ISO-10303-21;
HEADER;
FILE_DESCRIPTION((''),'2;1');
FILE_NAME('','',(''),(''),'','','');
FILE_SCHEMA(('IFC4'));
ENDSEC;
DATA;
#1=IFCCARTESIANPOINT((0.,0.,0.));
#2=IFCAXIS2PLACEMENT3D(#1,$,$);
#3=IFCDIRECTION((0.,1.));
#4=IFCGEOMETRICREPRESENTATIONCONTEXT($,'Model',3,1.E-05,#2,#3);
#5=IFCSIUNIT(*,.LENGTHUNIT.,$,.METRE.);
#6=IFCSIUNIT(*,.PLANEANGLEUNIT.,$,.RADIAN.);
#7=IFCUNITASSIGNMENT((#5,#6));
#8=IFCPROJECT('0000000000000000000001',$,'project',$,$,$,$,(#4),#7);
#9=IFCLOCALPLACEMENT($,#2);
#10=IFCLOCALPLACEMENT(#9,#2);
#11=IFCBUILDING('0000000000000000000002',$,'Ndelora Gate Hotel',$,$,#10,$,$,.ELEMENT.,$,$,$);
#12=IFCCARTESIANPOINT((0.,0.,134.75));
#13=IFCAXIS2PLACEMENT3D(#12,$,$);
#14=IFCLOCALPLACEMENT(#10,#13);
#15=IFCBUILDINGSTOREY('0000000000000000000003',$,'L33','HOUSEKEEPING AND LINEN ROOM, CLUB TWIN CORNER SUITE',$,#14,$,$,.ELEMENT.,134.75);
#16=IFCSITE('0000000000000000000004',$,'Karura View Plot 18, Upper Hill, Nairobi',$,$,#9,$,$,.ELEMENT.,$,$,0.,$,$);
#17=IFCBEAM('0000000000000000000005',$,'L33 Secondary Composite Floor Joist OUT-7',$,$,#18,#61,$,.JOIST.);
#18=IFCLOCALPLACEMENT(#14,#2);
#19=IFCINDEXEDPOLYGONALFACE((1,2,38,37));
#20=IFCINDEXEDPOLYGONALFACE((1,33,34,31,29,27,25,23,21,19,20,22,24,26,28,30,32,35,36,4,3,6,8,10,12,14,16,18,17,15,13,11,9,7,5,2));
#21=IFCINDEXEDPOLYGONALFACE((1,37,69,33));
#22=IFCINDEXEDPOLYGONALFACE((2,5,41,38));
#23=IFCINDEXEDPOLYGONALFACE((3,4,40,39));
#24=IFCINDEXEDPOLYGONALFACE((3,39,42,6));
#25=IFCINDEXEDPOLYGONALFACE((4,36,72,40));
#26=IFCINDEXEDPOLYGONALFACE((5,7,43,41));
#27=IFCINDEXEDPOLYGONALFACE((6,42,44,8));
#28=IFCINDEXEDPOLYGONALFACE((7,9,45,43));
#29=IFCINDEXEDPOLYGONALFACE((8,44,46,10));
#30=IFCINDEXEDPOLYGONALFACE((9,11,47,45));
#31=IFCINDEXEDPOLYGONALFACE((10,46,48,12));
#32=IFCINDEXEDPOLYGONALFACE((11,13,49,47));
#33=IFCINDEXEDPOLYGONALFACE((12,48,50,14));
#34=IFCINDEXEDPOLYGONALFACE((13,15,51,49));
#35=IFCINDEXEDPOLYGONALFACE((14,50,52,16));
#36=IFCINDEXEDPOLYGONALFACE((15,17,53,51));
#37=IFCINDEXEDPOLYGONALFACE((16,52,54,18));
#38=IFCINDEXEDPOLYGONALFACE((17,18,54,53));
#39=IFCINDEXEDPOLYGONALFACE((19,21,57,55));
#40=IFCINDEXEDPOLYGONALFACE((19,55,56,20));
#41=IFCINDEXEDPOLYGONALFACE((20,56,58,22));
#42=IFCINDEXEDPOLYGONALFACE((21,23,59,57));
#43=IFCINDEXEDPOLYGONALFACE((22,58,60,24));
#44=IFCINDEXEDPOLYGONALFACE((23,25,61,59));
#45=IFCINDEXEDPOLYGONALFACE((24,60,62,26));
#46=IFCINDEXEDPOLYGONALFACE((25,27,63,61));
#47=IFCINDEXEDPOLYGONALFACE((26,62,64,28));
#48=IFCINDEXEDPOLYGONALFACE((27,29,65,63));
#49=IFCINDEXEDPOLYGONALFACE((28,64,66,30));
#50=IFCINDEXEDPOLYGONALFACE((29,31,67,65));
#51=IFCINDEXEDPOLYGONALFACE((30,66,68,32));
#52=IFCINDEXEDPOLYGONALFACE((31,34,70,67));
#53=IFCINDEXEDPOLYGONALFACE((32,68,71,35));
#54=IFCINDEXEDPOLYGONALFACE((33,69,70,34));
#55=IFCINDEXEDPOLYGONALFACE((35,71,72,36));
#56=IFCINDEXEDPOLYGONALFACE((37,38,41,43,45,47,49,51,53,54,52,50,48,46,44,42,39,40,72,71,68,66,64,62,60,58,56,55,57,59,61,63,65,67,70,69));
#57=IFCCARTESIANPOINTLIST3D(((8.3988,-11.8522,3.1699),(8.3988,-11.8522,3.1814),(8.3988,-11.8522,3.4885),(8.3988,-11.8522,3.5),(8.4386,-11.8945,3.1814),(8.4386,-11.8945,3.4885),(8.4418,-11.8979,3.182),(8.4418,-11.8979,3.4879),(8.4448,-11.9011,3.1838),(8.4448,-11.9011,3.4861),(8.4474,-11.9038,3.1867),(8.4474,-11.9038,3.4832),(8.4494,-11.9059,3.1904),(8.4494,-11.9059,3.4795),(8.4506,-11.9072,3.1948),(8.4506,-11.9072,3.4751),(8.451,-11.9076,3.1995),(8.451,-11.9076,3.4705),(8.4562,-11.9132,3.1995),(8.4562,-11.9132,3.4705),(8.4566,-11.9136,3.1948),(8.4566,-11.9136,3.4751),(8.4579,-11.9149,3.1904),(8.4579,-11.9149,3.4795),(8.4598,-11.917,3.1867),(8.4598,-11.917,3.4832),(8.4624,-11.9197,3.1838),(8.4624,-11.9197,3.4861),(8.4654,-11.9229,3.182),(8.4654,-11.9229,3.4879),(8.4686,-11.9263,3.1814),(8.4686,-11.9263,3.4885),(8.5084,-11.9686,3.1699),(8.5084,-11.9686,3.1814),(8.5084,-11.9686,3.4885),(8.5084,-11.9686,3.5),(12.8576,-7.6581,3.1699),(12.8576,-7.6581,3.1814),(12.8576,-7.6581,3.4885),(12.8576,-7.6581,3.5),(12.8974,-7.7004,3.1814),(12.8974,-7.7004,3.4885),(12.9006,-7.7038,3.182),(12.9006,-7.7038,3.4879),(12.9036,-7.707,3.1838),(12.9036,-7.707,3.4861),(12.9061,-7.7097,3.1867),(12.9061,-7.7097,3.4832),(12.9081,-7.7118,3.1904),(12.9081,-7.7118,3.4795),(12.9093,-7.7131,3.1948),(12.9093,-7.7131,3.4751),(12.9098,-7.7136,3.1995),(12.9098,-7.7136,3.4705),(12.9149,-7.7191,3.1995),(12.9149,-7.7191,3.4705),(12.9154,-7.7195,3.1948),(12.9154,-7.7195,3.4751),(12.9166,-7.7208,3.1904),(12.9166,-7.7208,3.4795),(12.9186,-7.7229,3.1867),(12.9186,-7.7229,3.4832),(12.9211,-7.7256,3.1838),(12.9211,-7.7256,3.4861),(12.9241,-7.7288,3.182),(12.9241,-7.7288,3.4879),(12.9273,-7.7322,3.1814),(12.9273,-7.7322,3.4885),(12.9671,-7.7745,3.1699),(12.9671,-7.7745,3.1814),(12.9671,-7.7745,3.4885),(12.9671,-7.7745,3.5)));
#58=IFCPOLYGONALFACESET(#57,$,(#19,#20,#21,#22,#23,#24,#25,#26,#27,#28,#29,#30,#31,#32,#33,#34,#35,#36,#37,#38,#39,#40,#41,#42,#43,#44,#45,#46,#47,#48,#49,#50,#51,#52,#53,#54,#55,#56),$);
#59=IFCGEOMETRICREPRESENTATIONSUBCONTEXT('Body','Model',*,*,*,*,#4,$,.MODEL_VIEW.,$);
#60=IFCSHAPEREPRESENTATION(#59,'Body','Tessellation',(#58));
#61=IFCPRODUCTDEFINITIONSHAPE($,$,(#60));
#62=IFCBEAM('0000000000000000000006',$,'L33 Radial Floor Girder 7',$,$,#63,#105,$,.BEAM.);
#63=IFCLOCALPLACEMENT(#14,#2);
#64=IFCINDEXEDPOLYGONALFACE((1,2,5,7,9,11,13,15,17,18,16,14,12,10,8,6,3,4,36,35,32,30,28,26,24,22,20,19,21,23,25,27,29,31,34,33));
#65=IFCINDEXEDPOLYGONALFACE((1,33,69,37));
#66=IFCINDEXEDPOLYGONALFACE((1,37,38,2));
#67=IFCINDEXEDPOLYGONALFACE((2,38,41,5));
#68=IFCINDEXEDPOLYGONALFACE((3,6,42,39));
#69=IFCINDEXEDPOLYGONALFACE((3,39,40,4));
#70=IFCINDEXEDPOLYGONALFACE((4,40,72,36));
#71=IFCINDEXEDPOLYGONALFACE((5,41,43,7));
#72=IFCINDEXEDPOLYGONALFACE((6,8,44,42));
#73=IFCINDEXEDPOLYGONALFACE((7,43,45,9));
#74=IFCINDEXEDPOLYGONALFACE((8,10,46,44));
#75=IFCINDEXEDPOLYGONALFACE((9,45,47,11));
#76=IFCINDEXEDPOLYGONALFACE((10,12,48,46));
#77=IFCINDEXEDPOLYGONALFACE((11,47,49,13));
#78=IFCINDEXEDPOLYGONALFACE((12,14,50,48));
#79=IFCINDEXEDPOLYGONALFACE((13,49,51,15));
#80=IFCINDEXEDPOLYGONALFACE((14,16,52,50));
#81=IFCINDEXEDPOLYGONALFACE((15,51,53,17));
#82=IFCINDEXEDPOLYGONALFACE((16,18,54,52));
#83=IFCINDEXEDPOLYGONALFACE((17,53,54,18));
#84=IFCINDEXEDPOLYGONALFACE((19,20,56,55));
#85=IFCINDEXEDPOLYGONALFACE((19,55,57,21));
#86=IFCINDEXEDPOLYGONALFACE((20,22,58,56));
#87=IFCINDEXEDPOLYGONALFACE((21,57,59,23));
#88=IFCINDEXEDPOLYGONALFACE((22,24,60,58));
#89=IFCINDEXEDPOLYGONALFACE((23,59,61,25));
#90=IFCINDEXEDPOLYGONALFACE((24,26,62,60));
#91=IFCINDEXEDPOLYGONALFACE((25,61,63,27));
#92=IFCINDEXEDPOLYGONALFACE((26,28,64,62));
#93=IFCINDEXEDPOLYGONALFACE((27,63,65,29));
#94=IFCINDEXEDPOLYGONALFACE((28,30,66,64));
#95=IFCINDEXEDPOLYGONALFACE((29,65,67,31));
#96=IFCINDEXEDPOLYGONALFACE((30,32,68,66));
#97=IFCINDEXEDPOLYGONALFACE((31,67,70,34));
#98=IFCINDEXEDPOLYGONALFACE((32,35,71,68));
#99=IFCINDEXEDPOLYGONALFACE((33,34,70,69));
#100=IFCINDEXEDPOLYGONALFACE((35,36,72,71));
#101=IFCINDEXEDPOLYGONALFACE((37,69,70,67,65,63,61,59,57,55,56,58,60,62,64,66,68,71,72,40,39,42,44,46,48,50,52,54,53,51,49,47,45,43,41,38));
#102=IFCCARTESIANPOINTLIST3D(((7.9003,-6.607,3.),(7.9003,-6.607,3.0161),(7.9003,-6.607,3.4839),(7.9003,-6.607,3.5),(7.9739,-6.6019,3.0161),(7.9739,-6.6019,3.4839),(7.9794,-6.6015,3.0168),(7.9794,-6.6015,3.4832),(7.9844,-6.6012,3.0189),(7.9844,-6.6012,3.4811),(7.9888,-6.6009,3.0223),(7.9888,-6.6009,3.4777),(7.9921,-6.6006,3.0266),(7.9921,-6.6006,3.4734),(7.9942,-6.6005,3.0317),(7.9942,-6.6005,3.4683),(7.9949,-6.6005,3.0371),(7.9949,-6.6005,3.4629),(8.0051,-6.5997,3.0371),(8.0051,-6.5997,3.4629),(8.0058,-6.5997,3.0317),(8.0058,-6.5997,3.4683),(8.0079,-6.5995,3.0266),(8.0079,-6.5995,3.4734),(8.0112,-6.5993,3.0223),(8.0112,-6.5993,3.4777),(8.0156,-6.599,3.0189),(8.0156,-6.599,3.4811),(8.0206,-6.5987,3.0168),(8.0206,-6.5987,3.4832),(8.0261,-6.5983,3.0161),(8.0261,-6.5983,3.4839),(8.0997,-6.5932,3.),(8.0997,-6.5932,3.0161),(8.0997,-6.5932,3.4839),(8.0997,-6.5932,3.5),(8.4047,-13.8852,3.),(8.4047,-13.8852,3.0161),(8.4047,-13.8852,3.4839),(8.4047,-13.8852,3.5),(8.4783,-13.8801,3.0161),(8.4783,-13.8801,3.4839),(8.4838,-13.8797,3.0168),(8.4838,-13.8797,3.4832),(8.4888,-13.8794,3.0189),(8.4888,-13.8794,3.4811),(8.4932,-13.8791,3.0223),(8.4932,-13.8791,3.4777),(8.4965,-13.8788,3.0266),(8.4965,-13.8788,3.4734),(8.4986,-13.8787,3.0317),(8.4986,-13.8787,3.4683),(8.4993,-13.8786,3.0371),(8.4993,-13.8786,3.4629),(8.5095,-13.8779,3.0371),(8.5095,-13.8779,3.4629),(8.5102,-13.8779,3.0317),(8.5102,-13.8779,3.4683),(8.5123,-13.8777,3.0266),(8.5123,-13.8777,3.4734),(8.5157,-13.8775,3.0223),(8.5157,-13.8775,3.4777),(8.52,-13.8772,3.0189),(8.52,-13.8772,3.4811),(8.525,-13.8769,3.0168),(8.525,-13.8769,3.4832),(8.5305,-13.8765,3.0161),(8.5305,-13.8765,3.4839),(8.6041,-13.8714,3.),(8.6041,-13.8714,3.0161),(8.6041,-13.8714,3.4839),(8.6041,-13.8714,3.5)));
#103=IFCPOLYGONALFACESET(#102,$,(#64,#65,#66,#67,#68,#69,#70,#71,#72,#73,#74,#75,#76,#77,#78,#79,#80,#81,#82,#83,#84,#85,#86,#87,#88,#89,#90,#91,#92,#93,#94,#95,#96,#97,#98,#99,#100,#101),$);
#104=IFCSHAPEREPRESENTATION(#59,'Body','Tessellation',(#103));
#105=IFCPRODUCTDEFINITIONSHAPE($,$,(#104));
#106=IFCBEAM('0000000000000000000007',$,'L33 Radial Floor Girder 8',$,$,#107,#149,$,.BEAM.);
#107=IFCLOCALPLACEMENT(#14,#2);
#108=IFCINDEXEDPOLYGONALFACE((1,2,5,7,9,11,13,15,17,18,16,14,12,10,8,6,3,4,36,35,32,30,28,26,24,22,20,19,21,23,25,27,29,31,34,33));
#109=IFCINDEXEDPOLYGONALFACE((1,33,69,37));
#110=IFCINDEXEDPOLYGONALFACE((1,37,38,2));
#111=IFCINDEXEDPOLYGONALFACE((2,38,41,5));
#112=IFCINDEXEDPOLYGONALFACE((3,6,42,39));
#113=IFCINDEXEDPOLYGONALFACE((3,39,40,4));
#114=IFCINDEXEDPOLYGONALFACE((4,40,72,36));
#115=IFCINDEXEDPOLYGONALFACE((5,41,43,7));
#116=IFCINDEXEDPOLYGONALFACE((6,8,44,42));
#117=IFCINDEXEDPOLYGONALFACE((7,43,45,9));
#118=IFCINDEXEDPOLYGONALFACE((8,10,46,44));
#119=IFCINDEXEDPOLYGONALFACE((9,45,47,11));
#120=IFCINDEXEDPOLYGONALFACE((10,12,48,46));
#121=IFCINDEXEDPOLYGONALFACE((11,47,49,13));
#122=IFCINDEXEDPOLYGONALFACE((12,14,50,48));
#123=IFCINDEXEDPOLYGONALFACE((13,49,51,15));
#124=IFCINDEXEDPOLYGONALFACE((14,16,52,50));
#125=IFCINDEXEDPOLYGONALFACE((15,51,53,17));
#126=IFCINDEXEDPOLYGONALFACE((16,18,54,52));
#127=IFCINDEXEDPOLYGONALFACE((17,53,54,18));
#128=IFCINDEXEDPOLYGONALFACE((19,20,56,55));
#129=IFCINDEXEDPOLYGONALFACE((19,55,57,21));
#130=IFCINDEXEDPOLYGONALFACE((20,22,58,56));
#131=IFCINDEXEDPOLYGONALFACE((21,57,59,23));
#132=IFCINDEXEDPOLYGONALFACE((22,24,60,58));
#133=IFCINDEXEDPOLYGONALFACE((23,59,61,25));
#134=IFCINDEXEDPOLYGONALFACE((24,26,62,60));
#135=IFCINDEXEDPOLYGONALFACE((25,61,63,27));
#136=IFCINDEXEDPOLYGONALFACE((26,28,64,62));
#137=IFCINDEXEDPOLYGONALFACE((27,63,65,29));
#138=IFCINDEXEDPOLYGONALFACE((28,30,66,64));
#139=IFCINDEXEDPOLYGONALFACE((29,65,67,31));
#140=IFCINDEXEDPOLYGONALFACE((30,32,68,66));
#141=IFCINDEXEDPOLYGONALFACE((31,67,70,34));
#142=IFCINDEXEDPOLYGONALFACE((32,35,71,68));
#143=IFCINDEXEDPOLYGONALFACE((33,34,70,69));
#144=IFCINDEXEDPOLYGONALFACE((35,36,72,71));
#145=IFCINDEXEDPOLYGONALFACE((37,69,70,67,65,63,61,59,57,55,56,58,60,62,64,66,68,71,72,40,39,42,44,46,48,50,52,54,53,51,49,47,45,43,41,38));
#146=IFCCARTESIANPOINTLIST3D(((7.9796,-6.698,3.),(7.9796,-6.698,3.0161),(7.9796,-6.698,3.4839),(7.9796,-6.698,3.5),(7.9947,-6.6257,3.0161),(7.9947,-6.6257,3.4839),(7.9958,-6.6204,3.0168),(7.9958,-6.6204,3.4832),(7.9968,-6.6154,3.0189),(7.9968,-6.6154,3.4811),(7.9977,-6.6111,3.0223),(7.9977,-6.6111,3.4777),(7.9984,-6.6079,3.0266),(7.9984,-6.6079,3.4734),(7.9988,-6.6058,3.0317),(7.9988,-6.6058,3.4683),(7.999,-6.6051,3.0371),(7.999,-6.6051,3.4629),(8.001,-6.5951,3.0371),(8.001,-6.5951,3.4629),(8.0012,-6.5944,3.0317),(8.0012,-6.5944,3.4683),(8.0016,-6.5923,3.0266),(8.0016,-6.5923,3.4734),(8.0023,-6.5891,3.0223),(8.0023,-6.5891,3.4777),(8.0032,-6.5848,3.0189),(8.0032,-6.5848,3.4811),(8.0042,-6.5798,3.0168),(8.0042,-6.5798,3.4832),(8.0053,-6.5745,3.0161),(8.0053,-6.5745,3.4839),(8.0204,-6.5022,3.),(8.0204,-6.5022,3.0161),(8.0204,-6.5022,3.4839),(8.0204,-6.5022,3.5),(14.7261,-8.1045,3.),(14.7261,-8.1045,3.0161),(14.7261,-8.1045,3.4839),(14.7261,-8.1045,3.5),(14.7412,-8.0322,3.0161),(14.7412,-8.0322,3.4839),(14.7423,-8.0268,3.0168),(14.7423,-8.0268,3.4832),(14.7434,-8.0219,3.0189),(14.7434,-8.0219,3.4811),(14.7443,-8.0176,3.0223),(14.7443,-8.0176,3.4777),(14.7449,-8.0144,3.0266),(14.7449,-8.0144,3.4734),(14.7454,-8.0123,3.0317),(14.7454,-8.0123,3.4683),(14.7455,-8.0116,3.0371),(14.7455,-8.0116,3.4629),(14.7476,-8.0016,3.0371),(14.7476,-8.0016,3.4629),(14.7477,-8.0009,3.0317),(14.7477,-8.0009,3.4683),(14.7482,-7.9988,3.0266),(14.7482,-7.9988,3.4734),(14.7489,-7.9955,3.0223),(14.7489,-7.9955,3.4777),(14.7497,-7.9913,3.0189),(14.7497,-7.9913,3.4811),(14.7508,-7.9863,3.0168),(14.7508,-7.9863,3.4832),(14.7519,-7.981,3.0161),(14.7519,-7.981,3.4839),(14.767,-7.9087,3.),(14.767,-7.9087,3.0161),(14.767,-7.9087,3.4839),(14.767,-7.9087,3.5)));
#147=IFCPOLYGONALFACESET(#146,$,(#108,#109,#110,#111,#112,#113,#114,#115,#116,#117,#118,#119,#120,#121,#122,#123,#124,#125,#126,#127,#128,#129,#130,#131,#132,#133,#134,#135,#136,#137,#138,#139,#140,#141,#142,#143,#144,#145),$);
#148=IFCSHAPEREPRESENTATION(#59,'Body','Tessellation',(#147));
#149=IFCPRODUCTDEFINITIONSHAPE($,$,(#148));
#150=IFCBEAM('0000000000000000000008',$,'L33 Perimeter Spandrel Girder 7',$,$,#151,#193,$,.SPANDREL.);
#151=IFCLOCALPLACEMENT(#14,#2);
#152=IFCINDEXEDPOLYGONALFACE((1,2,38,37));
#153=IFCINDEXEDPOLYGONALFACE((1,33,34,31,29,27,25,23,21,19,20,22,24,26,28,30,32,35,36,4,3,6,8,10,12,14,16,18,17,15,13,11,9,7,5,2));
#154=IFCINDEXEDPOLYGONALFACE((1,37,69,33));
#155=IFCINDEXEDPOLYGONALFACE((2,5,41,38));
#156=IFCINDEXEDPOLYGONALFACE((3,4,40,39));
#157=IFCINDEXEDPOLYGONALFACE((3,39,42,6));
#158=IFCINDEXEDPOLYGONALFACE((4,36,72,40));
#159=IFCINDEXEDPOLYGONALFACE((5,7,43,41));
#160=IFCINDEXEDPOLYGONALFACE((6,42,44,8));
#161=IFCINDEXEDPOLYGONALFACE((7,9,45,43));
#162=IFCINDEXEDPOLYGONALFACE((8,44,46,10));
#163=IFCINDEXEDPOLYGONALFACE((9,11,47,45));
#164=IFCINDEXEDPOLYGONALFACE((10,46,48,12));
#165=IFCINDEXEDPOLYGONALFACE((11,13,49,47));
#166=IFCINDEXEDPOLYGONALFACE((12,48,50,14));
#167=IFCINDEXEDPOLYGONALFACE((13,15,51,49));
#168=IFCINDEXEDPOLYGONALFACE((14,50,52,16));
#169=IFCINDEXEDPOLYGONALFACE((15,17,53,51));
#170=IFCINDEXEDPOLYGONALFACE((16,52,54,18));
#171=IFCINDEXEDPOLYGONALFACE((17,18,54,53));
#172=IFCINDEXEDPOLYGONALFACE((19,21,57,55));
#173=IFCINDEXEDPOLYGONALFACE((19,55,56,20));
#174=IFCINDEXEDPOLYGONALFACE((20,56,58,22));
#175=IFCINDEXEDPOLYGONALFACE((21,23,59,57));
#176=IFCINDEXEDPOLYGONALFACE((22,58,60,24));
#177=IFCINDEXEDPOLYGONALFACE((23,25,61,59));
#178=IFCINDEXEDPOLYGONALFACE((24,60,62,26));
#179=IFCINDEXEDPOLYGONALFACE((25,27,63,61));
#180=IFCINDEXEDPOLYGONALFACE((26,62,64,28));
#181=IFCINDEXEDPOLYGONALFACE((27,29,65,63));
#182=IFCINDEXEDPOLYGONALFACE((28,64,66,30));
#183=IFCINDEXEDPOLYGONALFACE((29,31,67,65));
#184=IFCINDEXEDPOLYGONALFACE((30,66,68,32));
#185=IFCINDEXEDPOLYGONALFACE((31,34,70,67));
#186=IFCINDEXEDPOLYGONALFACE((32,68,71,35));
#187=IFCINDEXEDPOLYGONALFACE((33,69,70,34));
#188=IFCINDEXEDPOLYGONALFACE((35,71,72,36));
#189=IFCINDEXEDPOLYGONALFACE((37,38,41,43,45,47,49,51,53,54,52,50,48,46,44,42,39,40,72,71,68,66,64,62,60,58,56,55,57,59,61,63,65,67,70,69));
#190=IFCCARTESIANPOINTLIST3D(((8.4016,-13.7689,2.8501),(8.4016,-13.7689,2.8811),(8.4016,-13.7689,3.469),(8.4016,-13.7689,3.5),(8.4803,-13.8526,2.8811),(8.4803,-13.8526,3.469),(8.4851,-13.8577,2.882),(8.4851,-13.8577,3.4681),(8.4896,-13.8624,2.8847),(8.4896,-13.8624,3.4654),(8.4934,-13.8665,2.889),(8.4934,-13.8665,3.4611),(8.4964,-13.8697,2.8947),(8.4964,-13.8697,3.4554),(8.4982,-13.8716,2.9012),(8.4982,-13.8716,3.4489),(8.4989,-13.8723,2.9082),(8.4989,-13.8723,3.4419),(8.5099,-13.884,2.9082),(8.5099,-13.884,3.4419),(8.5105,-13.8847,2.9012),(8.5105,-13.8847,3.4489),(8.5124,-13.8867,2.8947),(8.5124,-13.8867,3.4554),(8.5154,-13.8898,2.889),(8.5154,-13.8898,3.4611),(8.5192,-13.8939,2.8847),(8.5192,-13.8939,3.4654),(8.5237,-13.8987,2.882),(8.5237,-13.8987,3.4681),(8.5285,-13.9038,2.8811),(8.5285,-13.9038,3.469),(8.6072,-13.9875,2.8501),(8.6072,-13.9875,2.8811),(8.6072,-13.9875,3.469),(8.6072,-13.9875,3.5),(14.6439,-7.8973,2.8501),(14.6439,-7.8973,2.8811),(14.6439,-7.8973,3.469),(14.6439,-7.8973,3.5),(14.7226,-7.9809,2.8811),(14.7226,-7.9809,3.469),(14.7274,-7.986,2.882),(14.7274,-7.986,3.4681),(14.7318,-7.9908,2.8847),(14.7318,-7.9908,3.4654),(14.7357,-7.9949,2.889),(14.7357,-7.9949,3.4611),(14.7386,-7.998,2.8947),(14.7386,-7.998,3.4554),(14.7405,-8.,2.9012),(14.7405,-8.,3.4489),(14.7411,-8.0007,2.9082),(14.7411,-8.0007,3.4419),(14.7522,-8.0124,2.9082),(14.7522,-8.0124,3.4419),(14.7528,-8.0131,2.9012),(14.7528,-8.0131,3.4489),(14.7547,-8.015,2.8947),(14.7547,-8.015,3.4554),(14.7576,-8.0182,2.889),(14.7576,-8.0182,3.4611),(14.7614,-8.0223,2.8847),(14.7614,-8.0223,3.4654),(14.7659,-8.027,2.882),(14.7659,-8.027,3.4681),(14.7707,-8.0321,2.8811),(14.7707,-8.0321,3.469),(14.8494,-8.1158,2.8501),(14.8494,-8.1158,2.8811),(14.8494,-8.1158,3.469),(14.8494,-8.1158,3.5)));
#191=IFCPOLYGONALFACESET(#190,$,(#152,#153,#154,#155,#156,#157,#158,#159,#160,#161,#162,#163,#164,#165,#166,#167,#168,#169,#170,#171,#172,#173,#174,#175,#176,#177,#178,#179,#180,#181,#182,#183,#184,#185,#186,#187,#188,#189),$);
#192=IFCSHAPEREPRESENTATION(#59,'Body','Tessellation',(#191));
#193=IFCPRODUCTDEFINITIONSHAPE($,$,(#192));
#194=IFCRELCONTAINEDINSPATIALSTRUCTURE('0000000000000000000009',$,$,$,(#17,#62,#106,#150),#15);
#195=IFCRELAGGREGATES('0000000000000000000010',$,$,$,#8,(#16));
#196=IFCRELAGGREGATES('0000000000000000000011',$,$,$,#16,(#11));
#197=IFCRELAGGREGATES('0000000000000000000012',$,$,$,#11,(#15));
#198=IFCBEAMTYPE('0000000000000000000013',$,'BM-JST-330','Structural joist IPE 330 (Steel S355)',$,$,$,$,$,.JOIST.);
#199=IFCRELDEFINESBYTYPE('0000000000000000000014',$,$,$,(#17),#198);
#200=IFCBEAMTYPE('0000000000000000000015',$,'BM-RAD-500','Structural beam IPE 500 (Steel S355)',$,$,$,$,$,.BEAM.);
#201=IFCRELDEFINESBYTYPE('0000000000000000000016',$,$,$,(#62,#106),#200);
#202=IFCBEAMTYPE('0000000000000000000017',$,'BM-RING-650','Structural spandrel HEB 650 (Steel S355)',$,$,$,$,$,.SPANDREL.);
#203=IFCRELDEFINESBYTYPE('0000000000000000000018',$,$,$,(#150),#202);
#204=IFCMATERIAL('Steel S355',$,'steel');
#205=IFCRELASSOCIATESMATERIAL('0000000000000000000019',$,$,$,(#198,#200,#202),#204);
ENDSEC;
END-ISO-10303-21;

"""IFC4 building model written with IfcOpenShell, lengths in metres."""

from ifc_helpers import new_model, si_unit, direction, frame, origin, origin_2d, place, context, subcontext, project, spatial, i_section, extrude, material, material_profile, profile_set, type_object, element, save


model = new_model("IFC4")

# Units and contexts
model_context = context("Model", 3, precision=1e-05, world=origin(), true_north=direction((0.0, 1.0)))
body_context = subcontext(model_context, "Body", "Model", "MODEL_VIEW")
ifc_project = project(units=[si_unit("LENGTHUNIT", "METRE"), si_unit("PLANEANGLEUNIT", "RADIAN")], contexts=[model_context])

# Site, building, storey
site_placement = place(None, origin())
site = spatial("IfcSite", under=ifc_project, at=site_placement, Name="Karura View Plot 18, Upper Hill, Nairobi", CompositionType="ELEMENT", RefElevation=0.0)
building_placement = place(site_placement, origin())
building = spatial("IfcBuilding", under=site, at=building_placement, Name="Ndelora Gate Hotel", CompositionType="ELEMENT")
storey_placement = place(building_placement, frame((0.0, 0.0, 134.75)))
storey = spatial("IfcBuildingStorey", under=building, at=storey_placement, Name="L33", Description="HOUSEKEEPING AND LINEN ROOM, CLUB TWIN CORNER SUITE", CompositionType="ELEMENT", Elevation=134.75)

# Beams
ifc_material_1 = material(Name="Steel S355", Category="steel")
ifc_material_profile_1 = material_profile(ifc_material_1, i_section(OverallWidth=0.1599, OverallDepth=0.3301, WebThickness=0.0076, FlangeThickness=0.0115, FilletRadius=0.0181, at=origin_2d()), Name="IPE 330")
ifc_profile_set_1 = profile_set([ifc_material_profile_1], Name="Steel S355")
beam_type_1 = type_object("IfcBeamType", Name="BM-JST-330", Description="Structural joist IPE 330 (Steel S355)", PredefinedType="JOIST", material=ifc_profile_set_1)
beam_1_placement = place(storey_placement, frame((8.4536, -11.9104, 3.335), z_axis=(0.728393, 0.685159, 0.0), x_axis=(-0.685159, 0.728393, 0.0)))
element("IfcBeam", 1, at=beam_1_placement, inside=storey, type_object=beam_type_1, Name="L33 Secondary Composite Floor Joist OUT-7", PredefinedType="JOIST", context=body_context, shape_type="SweptSolid", body=[
    extrude(i_section(OverallWidth=0.1599, OverallDepth=0.3301, WebThickness=0.0076, FlangeThickness=0.0115, FilletRadius=0.0181, at=origin_2d()), origin(), (0.0, 0.0, 1.0), 6.1213),
])
ifc_material_profile_2 = material_profile(ifc_material_1, i_section(OverallWidth=0.2, OverallDepth=0.5, WebThickness=0.0103, FlangeThickness=0.0161, FilletRadius=0.021, at=origin_2d()), Name="IPE 500")
ifc_profile_set_2 = profile_set([ifc_material_profile_2], Name="Steel S355")
beam_type_2 = type_object("IfcBeamType", Name="BM-RAD-500", Description="Structural beam IPE 500 (Steel S355)", PredefinedType="BEAM", material=ifc_profile_set_2)
beam_2_placement = place(storey_placement, frame((8.0, -6.6001, 3.25), z_axis=(0.069137, -0.997607, 0.0), x_axis=(0.997607, 0.069137, 0.0)))
element("IfcBeam", 2, at=beam_2_placement, inside=storey, type_object=beam_type_2, Name="L33 Radial Floor Girder 7", PredefinedType="BEAM", context=body_context, shape_type="SweptSolid", body=[
    extrude(i_section(OverallWidth=0.2, OverallDepth=0.5, WebThickness=0.0103, FlangeThickness=0.0161, FilletRadius=0.021, at=origin_2d()), origin(), (0.0, 0.0, 1.0), 7.2957),
])
beam_3_placement = place(storey_placement, frame((8.0, -6.6001, 3.25), z_axis=(0.978953, -0.204087, 0.0), x_axis=(0.204087, 0.978953, 0.0)))
element("IfcBeam", 3, at=beam_3_placement, inside=storey, type_object=beam_type_2, Name="L33 Radial Floor Girder 8", PredefinedType="BEAM", context=body_context, shape_type="SweptSolid", body=[
    extrude(i_section(OverallWidth=0.2, OverallDepth=0.5, WebThickness=0.0103, FlangeThickness=0.0161, FilletRadius=0.021, at=origin_2d()), origin(), (0.0, 0.0, 1.0), 6.8916),
])
ifc_material_profile_3 = material_profile(ifc_material_1, i_section(OverallWidth=0.3, OverallDepth=0.6499, WebThickness=0.0161, FlangeThickness=0.031, FilletRadius=0.0271, at=origin_2d()), Name="HEB 650")
ifc_profile_set_3 = profile_set([ifc_material_profile_3], Name="Steel S355")
beam_type_3 = type_object("IfcBeamType", Name="BM-RING-650", Description="Structural spandrel HEB 650 (Steel S355)", PredefinedType="SPANDREL", material=ifc_profile_set_3)
beam_4_placement = place(storey_placement, frame((8.5044, -13.8782, 3.175), z_axis=(0.728399, 0.685153, 0.0), x_axis=(-0.685153, 0.728399, 0.0)))
element("IfcBeam", 4, at=beam_4_placement, inside=storey, type_object=beam_type_3, Name="L33 Perimeter Spandrel Girder 7", PredefinedType="SPANDREL", context=body_context, shape_type="SweptSolid", body=[
    extrude(i_section(OverallWidth=0.3, OverallDepth=0.6499, WebThickness=0.0161, FlangeThickness=0.031, FilletRadius=0.0271, at=origin_2d()), origin(), (0.0, 0.0, 1.0), 8.5698),
])

save(model, "model.ifc")
